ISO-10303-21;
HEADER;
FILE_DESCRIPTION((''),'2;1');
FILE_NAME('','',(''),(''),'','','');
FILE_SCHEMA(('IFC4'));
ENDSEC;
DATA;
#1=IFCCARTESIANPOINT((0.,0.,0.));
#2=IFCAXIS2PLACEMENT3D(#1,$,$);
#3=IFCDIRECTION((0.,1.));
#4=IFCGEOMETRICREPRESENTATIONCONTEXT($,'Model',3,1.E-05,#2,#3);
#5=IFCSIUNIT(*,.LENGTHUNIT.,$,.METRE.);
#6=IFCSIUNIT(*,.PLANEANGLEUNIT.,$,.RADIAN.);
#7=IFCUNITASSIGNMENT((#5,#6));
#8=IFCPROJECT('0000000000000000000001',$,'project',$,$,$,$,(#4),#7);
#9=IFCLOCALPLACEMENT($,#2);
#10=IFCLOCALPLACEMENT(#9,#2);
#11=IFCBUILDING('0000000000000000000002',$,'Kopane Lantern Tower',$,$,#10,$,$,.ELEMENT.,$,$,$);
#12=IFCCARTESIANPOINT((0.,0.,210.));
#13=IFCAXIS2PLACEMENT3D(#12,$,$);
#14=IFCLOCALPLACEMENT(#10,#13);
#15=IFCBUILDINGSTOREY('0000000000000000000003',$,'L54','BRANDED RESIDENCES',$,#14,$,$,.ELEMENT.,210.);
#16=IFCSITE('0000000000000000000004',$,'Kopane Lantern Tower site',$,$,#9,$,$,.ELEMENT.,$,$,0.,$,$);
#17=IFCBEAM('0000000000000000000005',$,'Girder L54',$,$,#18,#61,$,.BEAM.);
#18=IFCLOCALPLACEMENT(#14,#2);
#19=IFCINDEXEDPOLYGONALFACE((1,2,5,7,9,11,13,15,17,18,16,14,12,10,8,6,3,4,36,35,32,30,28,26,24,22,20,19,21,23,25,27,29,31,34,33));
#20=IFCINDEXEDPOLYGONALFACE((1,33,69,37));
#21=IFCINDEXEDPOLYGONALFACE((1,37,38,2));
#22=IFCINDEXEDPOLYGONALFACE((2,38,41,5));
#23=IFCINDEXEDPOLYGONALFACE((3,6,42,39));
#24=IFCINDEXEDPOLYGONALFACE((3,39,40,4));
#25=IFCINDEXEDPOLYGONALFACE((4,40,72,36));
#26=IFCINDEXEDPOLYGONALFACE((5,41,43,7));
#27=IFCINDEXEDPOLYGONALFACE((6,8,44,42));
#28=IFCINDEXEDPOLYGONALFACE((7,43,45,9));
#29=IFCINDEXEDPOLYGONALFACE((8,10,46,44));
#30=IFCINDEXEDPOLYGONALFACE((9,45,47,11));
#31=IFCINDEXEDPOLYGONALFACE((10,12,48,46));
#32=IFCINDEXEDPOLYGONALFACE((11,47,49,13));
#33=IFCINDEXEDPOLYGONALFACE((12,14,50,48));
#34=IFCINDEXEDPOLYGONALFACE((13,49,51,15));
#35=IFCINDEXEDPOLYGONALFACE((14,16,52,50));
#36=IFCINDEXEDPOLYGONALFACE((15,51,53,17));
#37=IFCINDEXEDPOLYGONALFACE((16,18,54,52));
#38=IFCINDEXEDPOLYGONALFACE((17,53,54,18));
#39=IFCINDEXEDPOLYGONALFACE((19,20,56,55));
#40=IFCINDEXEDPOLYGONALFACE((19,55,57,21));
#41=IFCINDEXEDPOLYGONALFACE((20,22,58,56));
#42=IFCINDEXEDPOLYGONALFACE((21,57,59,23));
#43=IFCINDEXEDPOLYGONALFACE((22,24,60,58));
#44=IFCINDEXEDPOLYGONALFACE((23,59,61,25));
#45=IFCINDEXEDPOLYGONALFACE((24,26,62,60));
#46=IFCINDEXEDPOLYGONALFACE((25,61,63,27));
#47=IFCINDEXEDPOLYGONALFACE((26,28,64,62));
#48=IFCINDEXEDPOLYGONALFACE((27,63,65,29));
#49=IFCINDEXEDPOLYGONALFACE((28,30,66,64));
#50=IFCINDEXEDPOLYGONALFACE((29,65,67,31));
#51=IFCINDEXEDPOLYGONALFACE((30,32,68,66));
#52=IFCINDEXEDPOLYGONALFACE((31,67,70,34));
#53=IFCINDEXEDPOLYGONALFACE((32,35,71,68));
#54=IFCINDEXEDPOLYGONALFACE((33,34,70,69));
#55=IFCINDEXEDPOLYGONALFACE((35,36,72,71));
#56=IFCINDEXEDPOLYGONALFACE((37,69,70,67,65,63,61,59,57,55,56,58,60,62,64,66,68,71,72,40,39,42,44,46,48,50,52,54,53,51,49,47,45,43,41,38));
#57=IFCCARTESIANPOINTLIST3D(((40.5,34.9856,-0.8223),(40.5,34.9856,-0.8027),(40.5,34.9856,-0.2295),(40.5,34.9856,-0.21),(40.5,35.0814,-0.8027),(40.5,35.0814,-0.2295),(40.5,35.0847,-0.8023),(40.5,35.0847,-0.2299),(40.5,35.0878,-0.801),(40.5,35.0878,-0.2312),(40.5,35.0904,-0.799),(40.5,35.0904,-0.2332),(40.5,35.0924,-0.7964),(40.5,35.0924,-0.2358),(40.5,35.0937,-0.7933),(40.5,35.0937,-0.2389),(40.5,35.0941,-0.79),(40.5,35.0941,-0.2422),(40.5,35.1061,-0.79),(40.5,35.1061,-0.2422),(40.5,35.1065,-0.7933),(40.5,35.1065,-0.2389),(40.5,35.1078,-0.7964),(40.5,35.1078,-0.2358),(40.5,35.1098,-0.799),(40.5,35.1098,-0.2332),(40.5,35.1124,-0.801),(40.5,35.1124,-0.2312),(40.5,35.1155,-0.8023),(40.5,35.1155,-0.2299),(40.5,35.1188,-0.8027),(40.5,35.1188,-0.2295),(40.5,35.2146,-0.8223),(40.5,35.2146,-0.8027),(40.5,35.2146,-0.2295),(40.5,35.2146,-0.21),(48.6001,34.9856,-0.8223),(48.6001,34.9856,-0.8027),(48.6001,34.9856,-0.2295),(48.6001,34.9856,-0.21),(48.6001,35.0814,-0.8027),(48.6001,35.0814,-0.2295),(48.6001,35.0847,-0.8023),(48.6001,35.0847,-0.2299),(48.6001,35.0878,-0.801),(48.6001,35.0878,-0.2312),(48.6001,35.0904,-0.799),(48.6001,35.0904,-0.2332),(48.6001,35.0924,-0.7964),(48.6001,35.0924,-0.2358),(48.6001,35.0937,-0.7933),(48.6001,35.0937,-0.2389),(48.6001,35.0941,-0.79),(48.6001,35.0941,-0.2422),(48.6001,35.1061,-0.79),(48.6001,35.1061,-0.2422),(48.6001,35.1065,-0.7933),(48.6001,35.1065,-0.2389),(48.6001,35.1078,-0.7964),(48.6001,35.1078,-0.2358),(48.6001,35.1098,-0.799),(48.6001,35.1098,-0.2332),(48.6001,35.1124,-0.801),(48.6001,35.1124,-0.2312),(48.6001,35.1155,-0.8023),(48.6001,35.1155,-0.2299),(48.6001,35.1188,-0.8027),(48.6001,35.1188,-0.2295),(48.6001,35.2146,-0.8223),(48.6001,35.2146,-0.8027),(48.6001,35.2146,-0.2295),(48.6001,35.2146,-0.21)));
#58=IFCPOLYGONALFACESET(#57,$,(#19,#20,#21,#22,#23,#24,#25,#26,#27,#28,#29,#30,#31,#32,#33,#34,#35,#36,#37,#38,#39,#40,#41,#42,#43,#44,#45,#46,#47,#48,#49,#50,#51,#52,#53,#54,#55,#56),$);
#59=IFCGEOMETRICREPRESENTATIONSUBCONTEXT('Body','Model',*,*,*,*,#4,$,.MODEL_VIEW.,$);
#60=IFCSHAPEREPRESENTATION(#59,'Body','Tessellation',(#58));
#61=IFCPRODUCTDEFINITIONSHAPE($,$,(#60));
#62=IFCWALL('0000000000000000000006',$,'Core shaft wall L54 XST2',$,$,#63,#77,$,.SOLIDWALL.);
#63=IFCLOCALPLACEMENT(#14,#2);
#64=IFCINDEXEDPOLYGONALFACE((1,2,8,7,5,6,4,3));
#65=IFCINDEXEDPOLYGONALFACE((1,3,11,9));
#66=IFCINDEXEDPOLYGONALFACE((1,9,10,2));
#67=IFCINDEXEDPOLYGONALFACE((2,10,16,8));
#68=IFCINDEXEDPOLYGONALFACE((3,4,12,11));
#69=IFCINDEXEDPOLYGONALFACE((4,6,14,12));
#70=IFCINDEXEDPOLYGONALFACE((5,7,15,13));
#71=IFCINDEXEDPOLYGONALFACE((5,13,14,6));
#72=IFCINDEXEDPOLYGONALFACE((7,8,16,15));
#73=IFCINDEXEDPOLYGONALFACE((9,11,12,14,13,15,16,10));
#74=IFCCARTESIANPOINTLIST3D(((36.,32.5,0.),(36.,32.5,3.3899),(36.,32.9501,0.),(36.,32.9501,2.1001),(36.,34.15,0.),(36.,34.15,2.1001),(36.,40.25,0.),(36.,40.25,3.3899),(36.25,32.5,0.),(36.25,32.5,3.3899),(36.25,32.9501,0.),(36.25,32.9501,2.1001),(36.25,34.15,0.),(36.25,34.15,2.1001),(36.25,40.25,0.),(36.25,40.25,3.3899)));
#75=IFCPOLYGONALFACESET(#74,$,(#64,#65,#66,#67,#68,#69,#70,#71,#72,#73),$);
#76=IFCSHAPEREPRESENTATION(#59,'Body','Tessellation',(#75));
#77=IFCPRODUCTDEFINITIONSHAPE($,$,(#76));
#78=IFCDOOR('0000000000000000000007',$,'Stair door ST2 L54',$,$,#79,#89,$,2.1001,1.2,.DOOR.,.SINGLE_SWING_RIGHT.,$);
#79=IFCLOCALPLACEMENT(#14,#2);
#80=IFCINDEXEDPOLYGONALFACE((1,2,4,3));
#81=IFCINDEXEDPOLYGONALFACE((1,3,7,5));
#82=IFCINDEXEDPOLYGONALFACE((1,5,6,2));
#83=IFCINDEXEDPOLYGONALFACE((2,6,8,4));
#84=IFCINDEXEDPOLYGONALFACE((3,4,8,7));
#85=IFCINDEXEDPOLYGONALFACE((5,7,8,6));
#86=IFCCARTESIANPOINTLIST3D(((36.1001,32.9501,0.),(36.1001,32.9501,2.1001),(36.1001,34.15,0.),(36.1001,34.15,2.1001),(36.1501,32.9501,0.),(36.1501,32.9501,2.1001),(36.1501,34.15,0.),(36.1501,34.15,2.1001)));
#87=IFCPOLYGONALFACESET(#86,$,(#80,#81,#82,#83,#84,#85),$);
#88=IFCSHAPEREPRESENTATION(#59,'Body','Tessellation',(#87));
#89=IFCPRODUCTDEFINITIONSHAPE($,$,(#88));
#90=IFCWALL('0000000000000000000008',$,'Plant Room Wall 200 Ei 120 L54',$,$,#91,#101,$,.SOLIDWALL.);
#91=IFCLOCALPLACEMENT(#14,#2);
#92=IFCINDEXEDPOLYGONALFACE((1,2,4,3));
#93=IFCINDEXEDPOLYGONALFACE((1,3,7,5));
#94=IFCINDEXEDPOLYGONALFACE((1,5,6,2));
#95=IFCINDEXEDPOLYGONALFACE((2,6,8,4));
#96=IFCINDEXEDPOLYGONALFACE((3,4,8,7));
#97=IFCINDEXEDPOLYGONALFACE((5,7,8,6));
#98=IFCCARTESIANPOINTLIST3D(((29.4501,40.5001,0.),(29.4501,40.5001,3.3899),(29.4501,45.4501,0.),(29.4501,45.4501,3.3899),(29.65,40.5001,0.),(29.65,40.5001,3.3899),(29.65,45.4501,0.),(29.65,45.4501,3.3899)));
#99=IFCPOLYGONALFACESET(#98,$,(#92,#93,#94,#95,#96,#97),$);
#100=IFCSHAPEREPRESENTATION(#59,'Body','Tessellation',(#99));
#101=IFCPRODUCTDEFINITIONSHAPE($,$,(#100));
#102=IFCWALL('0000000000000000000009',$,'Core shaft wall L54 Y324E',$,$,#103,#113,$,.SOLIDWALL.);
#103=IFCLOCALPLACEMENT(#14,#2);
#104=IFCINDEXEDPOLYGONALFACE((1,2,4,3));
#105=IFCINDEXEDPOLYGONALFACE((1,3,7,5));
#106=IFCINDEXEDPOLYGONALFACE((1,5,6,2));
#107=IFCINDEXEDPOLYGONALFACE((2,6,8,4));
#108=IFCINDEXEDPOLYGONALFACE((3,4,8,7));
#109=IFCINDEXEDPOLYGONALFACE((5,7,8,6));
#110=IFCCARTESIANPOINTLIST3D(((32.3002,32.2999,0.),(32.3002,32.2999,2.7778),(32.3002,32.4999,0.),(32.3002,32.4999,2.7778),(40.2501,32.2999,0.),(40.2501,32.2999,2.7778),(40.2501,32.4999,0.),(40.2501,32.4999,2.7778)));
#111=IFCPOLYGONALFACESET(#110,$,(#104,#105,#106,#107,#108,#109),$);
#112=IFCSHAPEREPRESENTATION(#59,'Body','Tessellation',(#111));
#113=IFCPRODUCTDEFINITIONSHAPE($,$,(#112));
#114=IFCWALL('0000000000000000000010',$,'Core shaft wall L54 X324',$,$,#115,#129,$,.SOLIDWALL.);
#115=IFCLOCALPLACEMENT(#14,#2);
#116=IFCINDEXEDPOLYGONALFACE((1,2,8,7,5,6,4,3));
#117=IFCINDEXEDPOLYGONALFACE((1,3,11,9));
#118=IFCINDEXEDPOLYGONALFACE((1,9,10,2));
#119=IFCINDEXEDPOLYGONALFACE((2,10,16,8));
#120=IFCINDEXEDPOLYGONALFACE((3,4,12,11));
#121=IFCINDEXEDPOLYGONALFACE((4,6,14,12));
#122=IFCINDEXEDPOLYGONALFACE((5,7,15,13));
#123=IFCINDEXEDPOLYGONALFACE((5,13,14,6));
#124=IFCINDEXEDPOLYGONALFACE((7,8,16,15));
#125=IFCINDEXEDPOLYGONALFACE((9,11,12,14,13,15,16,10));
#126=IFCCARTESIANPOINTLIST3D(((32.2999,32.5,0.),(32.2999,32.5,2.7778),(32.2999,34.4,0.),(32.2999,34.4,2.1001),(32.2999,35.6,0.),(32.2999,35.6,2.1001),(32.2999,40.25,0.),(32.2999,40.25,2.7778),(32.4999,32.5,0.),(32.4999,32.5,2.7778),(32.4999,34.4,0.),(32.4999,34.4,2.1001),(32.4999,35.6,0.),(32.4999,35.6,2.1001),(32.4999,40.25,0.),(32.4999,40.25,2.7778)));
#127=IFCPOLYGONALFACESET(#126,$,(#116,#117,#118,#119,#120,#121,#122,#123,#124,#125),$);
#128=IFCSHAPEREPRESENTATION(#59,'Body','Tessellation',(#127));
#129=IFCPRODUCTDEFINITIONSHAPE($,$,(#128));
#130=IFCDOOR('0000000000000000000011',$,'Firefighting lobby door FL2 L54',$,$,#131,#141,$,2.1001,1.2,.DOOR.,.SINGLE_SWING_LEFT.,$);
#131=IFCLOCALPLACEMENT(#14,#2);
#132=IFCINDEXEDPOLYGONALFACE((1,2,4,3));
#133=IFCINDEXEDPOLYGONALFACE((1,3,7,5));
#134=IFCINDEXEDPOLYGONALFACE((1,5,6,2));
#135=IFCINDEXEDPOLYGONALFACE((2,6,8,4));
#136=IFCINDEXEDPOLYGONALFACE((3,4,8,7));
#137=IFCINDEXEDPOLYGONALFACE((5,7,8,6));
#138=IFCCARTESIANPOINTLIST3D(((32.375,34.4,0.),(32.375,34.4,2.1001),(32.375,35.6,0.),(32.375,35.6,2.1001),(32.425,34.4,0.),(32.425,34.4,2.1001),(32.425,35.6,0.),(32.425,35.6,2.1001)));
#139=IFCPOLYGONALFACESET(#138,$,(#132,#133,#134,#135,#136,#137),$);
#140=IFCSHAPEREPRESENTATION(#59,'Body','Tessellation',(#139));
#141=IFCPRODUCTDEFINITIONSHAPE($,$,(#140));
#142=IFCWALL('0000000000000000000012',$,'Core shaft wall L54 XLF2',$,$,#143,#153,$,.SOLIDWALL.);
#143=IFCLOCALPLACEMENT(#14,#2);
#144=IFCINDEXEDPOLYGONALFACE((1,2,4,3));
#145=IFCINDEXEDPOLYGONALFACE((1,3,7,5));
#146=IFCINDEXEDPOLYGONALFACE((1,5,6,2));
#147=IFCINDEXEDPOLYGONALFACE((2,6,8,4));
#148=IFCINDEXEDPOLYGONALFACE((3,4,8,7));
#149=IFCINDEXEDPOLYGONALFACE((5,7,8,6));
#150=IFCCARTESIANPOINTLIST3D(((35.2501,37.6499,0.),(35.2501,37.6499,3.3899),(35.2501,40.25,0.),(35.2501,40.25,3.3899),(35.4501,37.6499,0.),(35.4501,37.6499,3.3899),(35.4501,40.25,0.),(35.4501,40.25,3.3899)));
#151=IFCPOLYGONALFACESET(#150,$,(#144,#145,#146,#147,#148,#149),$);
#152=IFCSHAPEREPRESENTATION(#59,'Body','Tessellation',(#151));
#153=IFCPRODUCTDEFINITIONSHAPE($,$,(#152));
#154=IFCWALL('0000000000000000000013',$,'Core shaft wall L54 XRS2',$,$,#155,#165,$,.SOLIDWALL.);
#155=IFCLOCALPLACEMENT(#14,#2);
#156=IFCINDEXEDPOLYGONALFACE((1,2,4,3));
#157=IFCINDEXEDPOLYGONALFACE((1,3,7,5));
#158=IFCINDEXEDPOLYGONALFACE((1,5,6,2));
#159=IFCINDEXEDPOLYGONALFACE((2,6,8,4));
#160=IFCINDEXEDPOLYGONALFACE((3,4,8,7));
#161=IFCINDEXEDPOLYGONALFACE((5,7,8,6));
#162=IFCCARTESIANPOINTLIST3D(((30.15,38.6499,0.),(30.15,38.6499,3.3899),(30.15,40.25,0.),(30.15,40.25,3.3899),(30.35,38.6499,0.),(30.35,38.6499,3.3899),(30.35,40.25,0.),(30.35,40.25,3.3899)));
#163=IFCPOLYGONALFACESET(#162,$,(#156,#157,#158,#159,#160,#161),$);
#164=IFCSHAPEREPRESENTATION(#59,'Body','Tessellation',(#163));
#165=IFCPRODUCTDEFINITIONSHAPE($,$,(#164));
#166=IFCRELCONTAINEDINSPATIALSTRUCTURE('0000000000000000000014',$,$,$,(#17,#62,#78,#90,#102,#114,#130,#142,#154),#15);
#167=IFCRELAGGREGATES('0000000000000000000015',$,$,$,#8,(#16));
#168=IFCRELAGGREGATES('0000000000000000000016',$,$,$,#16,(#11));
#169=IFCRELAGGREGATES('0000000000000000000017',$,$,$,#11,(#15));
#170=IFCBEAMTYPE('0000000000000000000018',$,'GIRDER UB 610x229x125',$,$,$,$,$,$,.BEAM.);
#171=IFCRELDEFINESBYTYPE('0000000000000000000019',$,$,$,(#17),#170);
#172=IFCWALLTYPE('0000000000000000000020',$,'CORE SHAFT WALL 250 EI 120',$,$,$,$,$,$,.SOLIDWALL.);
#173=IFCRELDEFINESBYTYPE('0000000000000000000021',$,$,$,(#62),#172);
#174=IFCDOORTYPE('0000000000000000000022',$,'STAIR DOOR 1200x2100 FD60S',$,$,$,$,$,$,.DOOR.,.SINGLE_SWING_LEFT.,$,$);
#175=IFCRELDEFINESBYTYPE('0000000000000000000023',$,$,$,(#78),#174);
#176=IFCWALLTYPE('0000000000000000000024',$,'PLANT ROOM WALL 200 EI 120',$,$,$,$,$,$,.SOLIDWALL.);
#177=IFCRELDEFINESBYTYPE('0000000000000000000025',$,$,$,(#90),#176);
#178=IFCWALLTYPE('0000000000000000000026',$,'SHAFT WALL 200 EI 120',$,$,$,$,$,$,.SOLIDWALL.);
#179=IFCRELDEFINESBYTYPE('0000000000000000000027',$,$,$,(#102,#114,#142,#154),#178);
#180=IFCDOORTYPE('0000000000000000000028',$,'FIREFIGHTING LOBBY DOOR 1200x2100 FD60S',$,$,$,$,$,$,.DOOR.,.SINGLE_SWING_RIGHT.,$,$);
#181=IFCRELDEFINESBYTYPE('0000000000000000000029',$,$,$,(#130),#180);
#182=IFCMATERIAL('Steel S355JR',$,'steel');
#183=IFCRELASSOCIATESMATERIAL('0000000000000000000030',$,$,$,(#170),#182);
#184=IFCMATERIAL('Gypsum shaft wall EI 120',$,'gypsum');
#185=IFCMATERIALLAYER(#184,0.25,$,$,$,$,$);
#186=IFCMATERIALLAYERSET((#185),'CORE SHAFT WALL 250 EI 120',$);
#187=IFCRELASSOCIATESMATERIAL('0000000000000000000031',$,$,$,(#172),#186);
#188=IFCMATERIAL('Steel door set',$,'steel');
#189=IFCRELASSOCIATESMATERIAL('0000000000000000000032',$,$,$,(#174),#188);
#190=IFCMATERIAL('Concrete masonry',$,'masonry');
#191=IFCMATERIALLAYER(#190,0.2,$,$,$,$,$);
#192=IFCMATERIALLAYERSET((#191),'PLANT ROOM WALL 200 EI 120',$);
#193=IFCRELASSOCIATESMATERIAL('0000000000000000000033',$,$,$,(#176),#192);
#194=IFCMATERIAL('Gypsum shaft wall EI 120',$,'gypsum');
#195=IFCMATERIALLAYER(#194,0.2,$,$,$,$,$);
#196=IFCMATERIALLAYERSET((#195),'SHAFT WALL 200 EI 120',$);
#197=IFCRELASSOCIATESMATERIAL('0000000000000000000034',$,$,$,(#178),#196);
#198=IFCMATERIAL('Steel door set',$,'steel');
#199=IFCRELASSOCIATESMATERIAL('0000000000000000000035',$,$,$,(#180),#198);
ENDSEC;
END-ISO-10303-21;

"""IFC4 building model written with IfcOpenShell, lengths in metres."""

from ifc_helpers import new_model, si_unit, direction, frame, frame_2d, origin, origin_2d, place, context, subcontext, project, spatial, rectangle, i_section, extrude, material, layer, layer_set, material_profile, profile_set, type_object, element, fill, save


model = new_model("IFC4")

# Units and contexts
model_context = context("Model", 3, precision=1e-05, world=origin(), true_north=direction((0.0, 1.0)))
body_context = subcontext(model_context, "Body", "Model", "MODEL_VIEW")
ifc_project = project(units=[si_unit("LENGTHUNIT", "METRE"), si_unit("PLANEANGLEUNIT", "RADIAN")], contexts=[model_context])

# Site, building, storey
site_placement = place(None, origin())
site = spatial("IfcSite", under=ifc_project, at=site_placement, Name="Kopane Lantern Tower site", CompositionType="ELEMENT", RefElevation=0.0)
building_placement = place(site_placement, origin())
building = spatial("IfcBuilding", under=site, at=building_placement, Name="Kopane Lantern Tower", CompositionType="ELEMENT")
storey_placement = place(building_placement, frame((0.0, 0.0, 210.0)))
storey = spatial("IfcBuildingStorey", under=building, at=storey_placement, Name="L54", Description="BRANDED RESIDENCES", CompositionType="ELEMENT", Elevation=210.0)

# Beam
ifc_material_1 = material(Name="Steel S355JR", Category="steel")
ifc_material_profile_1 = material_profile(ifc_material_1, i_section(OverallWidth=0.229, OverallDepth=0.6123, WebThickness=0.012, FlangeThickness=0.0195, FilletRadius=0.0127, at=origin_2d()), Name="UB 610x229x125")
ifc_profile_set_1 = profile_set([ifc_material_profile_1], Name="Steel S355JR")
beam_type_1 = type_object("IfcBeamType", Name="GIRDER UB 610x229x125", PredefinedType="BEAM", material=ifc_profile_set_1)
for number, where, z_axis, x_axis, name in (
    (1, (40.5, 35.1001, -0.5161), (1.0, 0.0, 0.0), (0.0, 1.0, 0.0), "Girder L54"),
):
    element("IfcBeam", number, at=place(storey_placement, frame(where, z_axis=z_axis, x_axis=x_axis)), inside=storey, type_object=beam_type_1, Name=name, PredefinedType="BEAM", context=body_context, shape_type="SweptSolid", body=[
        extrude(i_section(OverallWidth=0.229, OverallDepth=0.6123, WebThickness=0.012, FlangeThickness=0.0195, FilletRadius=0.0127, at=origin_2d()), origin(), (0.0, 0.0, 1.0), 8.1001),
    ])

# Wall, opening, door
ifc_material_2 = material(Name="Gypsum shaft wall EI 120", Category="gypsum")
ifc_layer_1 = layer(ifc_material_2, 0.25)
ifc_layer_set_1 = layer_set([ifc_layer_1], Name="CORE SHAFT WALL 250 EI 120")
wall_type_1 = type_object("IfcWallType", Name="CORE SHAFT WALL 250 EI 120", PredefinedType="SOLIDWALL", material=ifc_layer_set_1)
wall_1_placement = place(storey_placement, frame((36.125, 32.5, 0.0), z_axis=(0.0, 0.0, 1.0), x_axis=(0.0, 1.0, 0.0)))
wall_1 = element("IfcWall", 2, at=wall_1_placement, inside=storey, type_object=wall_type_1, Name="Core shaft wall L54 XST2", PredefinedType="SOLIDWALL", context=body_context, shape_type="SweptSolid", body=[
    extrude(rectangle(XDim=7.75, YDim=0.25, at=frame_2d((3.875, 0.0))), origin(), (0.0, 0.0, 1.0), 3.3899),
])
opening_1_placement = place(wall_1_placement, frame((0.45, 0.0, 0.0)))
opening_1 = element("IfcOpeningElement", 3, at=opening_1_placement, cuts=wall_1, PredefinedType="OPENING", context=body_context, shape_type="SweptSolid", body=[
    extrude(rectangle(XDim=1.2, YDim=2.1001, at=frame_2d((0.6001, 1.05))), frame((0.0, 0.135, 0.0), z_axis=(0.0, -1.0, 0.0), x_axis=(1.0, 0.0, 0.0)), (0.0, 0.0, 1.0), 0.27),
])
ifc_material_3 = material(Name="Steel door set", Category="steel")
door_type_1 = type_object("IfcDoorType", Name="STAIR DOOR 1200x2100 FD60S", OperationType="SINGLE_SWING_LEFT", PredefinedType="DOOR", material=ifc_material_3)
door_1_placement = place(opening_1_placement, origin())
door_1 = element("IfcDoor", 4, at=door_1_placement, inside=storey, type_object=door_type_1, Name="Stair door ST2 L54", OperationType="SINGLE_SWING_RIGHT", OverallHeight=2.1001, OverallWidth=1.2, PredefinedType="DOOR", context=body_context, shape_type="SweptSolid", body=[
    extrude(rectangle(XDim=1.2, YDim=2.1001, at=frame_2d((0.6001, 1.05))), frame((0.0, 0.0249, 0.0), z_axis=(0.0, -1.0, 0.0), x_axis=(1.0, 0.0, 0.0)), (0.0, 0.0, 1.0), 0.05),
])
fill(opening_1, door_1)

# Walls
ifc_material_4 = material(Name="Concrete masonry", Category="masonry")
ifc_layer_2 = layer(ifc_material_4, 0.2)
ifc_layer_set_2 = layer_set([ifc_layer_2], Name="PLANT ROOM WALL 200 EI 120")
wall_type_2 = type_object("IfcWallType", Name="PLANT ROOM WALL 200 EI 120", PredefinedType="SOLIDWALL", material=ifc_layer_set_2)
wall_2_placement = place(storey_placement, frame((29.55, 40.5, 0.0), z_axis=(0.0, 0.0, 1.0), x_axis=(0.0, 1.0, 0.0)))
element("IfcWall", 5, at=wall_2_placement, inside=storey, type_object=wall_type_2, Name="Plant Room Wall 200 Ei 120 L54", PredefinedType="SOLIDWALL", context=body_context, shape_type="SweptSolid", body=[
    extrude(rectangle(XDim=4.95, YDim=0.2, at=frame_2d((2.4751, 0.0))), origin(), (0.0, 0.0, 1.0), 3.3899),
])
ifc_material_5 = material(Name="Gypsum shaft wall EI 120", Category="gypsum")
ifc_layer_3 = layer(ifc_material_5, 0.2)
ifc_layer_set_3 = layer_set([ifc_layer_3], Name="SHAFT WALL 200 EI 120")
wall_type_3 = type_object("IfcWallType", Name="SHAFT WALL 200 EI 120", PredefinedType="SOLIDWALL", material=ifc_layer_set_3)
wall_3_placement = place(storey_placement, frame((32.3, 32.3999, 0.0), z_axis=(0.0, 0.0, 1.0), x_axis=(1.0, 0.0, 0.0)))
element("IfcWall", 6, at=wall_3_placement, inside=storey, type_object=wall_type_3, Name="Core shaft wall L54 Y324E", PredefinedType="SOLIDWALL", context=body_context, shape_type="SweptSolid", body=[
    extrude(rectangle(XDim=7.95, YDim=0.2, at=frame_2d((3.9751, 0.0))), origin(), (0.0, 0.0, 1.0), 2.7778),
])

# Wall, opening, door
wall_4_placement = place(storey_placement, frame((32.3999, 32.5, 0.0), z_axis=(0.0, 0.0, 1.0), x_axis=(0.0, 1.0, 0.0)))
wall_4 = element("IfcWall", 7, at=wall_4_placement, inside=storey, type_object=wall_type_3, Name="Core shaft wall L54 X324", PredefinedType="SOLIDWALL", context=body_context, shape_type="SweptSolid", body=[
    extrude(rectangle(XDim=7.75, YDim=0.2, at=frame_2d((3.875, 0.0))), origin(), (0.0, 0.0, 1.0), 2.7778),
])
opening_2_placement = place(wall_4_placement, frame((1.8999, 0.0, 0.0)))
opening_2 = element("IfcOpeningElement", 8, at=opening_2_placement, cuts=wall_4, PredefinedType="OPENING", context=body_context, shape_type="SweptSolid", body=[
    extrude(rectangle(XDim=1.2, YDim=2.1001, at=frame_2d((0.6001, 1.05))), frame((0.0, 0.1099, 0.0), z_axis=(0.0, -1.0, 0.0), x_axis=(1.0, 0.0, 0.0)), (0.0, 0.0, 1.0), 0.22),
])
ifc_material_6 = material(Name="Steel door set", Category="steel")
door_type_2 = type_object("IfcDoorType", Name="FIREFIGHTING LOBBY DOOR 1200x2100 FD60S", OperationType="SINGLE_SWING_RIGHT", PredefinedType="DOOR", material=ifc_material_6)
door_2_placement = place(opening_2_placement, origin())
door_2 = element("IfcDoor", 9, at=door_2_placement, inside=storey, type_object=door_type_2, Name="Firefighting lobby door FL2 L54", OperationType="SINGLE_SWING_LEFT", OverallHeight=2.1001, OverallWidth=1.2, PredefinedType="DOOR", context=body_context, shape_type="SweptSolid", body=[
    extrude(rectangle(XDim=1.2, YDim=2.1001, at=frame_2d((0.6001, 1.05))), frame((0.0, 0.0249, 0.0), z_axis=(0.0, -1.0, 0.0), x_axis=(1.0, 0.0, 0.0)), (0.0, 0.0, 1.0), 0.05),
])
fill(opening_2, door_2)

# Walls
wall_5_placement = place(storey_placement, frame((35.3501, 37.6499, 0.0), z_axis=(0.0, 0.0, 1.0), x_axis=(0.0, 1.0, 0.0)))
element("IfcWall", 10, at=wall_5_placement, inside=storey, type_object=wall_type_3, Name="Core shaft wall L54 XLF2", PredefinedType="SOLIDWALL", context=body_context, shape_type="SweptSolid", body=[
    extrude(rectangle(XDim=2.6001, YDim=0.2, at=frame_2d((1.3, 0.0))), origin(), (0.0, 0.0, 1.0), 3.3899),
])
wall_6_placement = place(storey_placement, frame((30.25, 38.6499, 0.0), z_axis=(0.0, 0.0, 1.0), x_axis=(0.0, 1.0, 0.0)))
element("IfcWall", 11, at=wall_6_placement, inside=storey, type_object=wall_type_3, Name="Core shaft wall L54 XRS2", PredefinedType="SOLIDWALL", context=body_context, shape_type="SweptSolid", body=[
    extrude(rectangle(XDim=1.6001, YDim=0.2, at=frame_2d((0.8, 0.0))), origin(), (0.0, 0.0, 1.0), 3.3899),
])

save(model, "model.ifc")
